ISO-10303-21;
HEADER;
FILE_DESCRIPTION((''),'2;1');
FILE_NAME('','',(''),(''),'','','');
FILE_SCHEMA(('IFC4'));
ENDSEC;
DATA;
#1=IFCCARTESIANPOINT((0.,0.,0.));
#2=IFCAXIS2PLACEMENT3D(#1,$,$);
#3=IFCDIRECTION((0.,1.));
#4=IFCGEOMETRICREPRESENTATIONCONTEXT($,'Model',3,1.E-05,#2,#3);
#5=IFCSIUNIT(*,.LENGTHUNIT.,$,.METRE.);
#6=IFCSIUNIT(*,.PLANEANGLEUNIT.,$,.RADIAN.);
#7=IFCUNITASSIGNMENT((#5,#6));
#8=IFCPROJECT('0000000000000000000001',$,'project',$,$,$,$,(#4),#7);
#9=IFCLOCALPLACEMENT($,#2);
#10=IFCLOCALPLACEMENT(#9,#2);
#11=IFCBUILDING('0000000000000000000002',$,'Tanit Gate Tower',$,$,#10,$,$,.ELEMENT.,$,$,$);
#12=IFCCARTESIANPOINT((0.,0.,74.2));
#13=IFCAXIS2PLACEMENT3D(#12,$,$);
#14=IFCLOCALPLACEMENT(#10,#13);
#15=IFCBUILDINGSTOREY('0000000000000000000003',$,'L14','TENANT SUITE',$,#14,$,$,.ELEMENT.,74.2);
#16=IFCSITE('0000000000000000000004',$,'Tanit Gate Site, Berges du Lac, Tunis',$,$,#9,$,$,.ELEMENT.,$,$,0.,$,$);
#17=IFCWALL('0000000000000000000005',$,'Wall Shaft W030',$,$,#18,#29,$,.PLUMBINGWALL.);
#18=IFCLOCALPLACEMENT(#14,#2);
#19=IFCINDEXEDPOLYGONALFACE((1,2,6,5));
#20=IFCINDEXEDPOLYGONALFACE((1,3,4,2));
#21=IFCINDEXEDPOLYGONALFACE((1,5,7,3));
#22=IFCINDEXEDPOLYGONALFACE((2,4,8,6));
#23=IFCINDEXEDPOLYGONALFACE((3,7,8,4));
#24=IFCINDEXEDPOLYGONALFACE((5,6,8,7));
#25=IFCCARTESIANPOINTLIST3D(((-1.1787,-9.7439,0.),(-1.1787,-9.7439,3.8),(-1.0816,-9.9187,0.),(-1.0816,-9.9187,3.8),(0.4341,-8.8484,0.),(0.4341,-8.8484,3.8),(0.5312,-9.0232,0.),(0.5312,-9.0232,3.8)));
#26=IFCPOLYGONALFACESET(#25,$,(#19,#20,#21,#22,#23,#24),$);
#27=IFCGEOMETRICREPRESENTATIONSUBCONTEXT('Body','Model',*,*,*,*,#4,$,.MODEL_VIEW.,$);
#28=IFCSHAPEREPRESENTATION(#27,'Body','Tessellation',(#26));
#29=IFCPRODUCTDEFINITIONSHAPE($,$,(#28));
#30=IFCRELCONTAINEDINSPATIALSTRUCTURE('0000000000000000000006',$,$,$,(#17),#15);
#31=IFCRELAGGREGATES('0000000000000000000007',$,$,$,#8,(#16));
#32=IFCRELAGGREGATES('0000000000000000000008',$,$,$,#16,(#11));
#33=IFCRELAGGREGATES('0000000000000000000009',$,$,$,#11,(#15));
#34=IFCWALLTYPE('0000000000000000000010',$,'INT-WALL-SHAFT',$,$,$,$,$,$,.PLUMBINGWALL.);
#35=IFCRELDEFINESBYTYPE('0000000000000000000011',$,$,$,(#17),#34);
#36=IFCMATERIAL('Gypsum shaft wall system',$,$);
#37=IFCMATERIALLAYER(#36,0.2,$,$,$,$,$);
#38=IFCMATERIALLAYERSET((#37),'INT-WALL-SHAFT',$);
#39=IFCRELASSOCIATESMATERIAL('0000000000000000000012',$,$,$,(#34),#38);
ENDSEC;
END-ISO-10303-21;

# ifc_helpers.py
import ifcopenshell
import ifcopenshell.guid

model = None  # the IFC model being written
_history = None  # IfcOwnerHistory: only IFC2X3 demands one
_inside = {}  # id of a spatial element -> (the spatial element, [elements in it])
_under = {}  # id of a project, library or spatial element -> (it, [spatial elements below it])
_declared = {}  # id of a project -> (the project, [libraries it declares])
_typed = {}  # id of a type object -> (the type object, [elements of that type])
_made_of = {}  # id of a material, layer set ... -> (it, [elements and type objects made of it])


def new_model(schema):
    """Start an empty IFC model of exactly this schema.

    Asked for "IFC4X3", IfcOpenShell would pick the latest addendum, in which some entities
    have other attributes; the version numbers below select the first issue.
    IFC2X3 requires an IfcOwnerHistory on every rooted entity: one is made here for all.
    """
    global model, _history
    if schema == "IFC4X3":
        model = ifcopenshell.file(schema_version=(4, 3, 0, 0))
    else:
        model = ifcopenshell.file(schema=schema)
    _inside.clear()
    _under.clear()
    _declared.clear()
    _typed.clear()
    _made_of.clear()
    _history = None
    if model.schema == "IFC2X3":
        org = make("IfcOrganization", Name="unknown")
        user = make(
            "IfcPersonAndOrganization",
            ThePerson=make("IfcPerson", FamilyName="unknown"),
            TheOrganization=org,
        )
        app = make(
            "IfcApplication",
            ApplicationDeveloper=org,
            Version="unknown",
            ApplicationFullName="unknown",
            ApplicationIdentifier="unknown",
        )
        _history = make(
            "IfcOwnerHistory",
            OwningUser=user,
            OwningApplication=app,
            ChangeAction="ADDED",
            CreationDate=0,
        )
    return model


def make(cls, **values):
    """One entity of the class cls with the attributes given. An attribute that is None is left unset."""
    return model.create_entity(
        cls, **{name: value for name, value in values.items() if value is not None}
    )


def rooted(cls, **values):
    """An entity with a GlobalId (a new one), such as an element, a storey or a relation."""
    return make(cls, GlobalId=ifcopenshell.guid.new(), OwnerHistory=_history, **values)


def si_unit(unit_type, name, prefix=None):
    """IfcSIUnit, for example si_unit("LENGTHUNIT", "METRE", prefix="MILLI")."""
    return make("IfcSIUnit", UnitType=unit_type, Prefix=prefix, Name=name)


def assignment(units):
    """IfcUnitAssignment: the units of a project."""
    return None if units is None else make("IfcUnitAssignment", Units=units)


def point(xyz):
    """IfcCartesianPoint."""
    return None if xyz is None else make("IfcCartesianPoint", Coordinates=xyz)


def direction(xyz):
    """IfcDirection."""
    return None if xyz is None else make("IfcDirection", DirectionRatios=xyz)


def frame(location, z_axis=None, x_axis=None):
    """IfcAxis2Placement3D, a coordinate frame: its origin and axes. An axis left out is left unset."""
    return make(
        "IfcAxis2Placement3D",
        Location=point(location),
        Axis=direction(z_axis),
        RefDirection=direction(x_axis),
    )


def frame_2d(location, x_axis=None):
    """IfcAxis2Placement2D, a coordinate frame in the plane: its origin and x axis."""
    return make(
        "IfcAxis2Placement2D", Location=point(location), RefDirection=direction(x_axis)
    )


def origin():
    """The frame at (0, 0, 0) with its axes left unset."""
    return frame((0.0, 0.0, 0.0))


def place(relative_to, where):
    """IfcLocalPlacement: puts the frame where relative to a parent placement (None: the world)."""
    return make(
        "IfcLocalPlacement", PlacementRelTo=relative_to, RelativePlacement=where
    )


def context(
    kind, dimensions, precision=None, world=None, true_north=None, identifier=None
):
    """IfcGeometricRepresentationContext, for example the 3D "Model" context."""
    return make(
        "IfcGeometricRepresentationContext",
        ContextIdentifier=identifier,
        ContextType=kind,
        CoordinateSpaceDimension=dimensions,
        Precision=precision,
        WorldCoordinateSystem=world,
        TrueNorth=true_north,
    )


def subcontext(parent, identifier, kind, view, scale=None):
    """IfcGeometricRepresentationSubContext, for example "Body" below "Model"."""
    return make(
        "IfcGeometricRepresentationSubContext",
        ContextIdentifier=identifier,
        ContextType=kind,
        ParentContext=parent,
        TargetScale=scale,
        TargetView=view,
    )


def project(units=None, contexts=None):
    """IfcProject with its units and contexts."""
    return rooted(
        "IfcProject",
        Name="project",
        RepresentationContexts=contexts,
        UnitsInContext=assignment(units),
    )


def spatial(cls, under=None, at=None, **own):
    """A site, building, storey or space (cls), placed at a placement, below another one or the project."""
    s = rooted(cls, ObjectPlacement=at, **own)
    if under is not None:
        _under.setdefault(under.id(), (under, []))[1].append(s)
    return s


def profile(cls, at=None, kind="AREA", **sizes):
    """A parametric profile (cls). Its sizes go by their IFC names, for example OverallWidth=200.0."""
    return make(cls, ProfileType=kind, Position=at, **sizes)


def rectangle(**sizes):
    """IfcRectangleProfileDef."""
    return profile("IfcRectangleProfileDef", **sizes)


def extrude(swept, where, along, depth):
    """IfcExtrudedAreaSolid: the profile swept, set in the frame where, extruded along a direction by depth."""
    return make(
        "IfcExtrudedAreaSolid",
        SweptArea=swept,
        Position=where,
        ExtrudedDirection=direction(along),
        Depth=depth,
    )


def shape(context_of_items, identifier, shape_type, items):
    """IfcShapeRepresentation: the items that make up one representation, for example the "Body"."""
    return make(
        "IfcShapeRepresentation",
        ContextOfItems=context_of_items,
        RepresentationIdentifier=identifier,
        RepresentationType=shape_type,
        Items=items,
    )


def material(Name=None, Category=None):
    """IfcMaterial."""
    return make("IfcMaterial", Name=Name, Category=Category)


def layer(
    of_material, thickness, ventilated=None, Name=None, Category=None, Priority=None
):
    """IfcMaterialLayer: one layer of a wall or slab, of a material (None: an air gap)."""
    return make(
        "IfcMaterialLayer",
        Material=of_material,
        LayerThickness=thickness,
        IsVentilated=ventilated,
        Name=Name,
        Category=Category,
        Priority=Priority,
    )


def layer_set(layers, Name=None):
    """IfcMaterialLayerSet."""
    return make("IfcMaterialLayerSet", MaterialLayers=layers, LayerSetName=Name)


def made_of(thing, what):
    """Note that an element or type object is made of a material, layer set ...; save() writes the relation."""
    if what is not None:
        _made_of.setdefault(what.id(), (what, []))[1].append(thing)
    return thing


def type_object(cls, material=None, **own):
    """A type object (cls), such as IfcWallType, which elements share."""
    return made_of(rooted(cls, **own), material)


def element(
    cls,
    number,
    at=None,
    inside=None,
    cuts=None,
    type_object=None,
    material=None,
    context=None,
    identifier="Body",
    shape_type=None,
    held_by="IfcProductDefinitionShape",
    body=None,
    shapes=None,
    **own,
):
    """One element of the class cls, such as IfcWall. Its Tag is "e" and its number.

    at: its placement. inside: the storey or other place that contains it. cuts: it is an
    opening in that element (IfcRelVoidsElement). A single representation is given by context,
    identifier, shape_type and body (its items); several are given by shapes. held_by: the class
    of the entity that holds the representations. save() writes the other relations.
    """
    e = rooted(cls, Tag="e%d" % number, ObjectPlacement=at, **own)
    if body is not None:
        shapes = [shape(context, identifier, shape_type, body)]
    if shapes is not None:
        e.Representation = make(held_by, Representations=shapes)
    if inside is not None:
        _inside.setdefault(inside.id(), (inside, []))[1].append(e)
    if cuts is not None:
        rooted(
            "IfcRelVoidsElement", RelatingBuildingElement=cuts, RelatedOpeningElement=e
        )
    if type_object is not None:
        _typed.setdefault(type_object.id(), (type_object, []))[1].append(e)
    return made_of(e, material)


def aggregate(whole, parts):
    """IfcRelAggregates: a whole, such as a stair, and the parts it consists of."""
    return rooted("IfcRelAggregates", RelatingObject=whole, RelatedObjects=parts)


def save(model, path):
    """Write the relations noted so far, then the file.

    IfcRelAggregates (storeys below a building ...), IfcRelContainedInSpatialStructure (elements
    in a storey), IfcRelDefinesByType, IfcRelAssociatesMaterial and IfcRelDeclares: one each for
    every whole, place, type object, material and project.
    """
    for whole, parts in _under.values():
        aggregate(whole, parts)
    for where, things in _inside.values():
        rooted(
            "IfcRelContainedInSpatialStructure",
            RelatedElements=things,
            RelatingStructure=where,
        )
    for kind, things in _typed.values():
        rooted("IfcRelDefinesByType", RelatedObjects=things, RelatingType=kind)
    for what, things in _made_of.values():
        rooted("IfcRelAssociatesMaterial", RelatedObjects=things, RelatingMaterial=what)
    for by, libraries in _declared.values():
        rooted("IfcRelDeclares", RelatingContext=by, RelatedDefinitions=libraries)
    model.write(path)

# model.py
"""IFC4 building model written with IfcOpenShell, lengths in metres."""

from ifc_helpers import new_model, si_unit, direction, frame, frame_2d, origin, place, context, subcontext, project, spatial, rectangle, extrude, material, layer, layer_set, type_object, element, save


model = new_model("IFC4")

# Units and contexts
model_context = context("Model", 3, precision=1e-05, world=origin(), true_north=direction((0.0, 1.0)))
body_context = subcontext(model_context, "Body", "Model", "MODEL_VIEW")
ifc_project = project(units=[si_unit("LENGTHUNIT", "METRE"), si_unit("PLANEANGLEUNIT", "RADIAN")], contexts=[model_context])

# Site, building, storey
site_placement = place(None, origin())
site = spatial("IfcSite", under=ifc_project, at=site_placement, Name="Tanit Gate Site, Berges du Lac, Tunis", CompositionType="ELEMENT", RefElevation=0.0)
building_placement = place(site_placement, origin())
building = spatial("IfcBuilding", under=site, at=building_placement, Name="Tanit Gate Tower", CompositionType="ELEMENT")
storey_placement = place(building_placement, frame((0.0, 0.0, 74.2)))
storey = spatial("IfcBuildingStorey", under=building, at=storey_placement, Name="L14", Description="TENANT SUITE", CompositionType="ELEMENT", Elevation=74.2)

# Wall
ifc_material_1 = material(Name="Gypsum shaft wall system")
ifc_layer_1 = layer(ifc_material_1, 0.2)
ifc_layer_set_1 = layer_set([ifc_layer_1], Name="INT-WALL-SHAFT")
wall_type_1 = type_object("IfcWallType", Name="INT-WALL-SHAFT", PredefinedType="PLUMBINGWALL", material=ifc_layer_set_1)
wall_1_placement = place(storey_placement, frame((-1.1301, -9.8313, 0.0), z_axis=(0.0, 0.0, 1.0), x_axis=(0.87427, 0.485441, 0.0)))
element("IfcWall", 1, at=wall_1_placement, inside=storey, type_object=wall_type_1, Name="Wall Shaft W030", PredefinedType="PLUMBINGWALL", context=body_context, shape_type="SweptSolid", body=[
    extrude(rectangle(XDim=1.8447, YDim=0.2, at=frame_2d((0.9224, 0.0))), origin(), (0.0, 0.0, 1.0), 3.8),
])

save(model, "model.ifc")
